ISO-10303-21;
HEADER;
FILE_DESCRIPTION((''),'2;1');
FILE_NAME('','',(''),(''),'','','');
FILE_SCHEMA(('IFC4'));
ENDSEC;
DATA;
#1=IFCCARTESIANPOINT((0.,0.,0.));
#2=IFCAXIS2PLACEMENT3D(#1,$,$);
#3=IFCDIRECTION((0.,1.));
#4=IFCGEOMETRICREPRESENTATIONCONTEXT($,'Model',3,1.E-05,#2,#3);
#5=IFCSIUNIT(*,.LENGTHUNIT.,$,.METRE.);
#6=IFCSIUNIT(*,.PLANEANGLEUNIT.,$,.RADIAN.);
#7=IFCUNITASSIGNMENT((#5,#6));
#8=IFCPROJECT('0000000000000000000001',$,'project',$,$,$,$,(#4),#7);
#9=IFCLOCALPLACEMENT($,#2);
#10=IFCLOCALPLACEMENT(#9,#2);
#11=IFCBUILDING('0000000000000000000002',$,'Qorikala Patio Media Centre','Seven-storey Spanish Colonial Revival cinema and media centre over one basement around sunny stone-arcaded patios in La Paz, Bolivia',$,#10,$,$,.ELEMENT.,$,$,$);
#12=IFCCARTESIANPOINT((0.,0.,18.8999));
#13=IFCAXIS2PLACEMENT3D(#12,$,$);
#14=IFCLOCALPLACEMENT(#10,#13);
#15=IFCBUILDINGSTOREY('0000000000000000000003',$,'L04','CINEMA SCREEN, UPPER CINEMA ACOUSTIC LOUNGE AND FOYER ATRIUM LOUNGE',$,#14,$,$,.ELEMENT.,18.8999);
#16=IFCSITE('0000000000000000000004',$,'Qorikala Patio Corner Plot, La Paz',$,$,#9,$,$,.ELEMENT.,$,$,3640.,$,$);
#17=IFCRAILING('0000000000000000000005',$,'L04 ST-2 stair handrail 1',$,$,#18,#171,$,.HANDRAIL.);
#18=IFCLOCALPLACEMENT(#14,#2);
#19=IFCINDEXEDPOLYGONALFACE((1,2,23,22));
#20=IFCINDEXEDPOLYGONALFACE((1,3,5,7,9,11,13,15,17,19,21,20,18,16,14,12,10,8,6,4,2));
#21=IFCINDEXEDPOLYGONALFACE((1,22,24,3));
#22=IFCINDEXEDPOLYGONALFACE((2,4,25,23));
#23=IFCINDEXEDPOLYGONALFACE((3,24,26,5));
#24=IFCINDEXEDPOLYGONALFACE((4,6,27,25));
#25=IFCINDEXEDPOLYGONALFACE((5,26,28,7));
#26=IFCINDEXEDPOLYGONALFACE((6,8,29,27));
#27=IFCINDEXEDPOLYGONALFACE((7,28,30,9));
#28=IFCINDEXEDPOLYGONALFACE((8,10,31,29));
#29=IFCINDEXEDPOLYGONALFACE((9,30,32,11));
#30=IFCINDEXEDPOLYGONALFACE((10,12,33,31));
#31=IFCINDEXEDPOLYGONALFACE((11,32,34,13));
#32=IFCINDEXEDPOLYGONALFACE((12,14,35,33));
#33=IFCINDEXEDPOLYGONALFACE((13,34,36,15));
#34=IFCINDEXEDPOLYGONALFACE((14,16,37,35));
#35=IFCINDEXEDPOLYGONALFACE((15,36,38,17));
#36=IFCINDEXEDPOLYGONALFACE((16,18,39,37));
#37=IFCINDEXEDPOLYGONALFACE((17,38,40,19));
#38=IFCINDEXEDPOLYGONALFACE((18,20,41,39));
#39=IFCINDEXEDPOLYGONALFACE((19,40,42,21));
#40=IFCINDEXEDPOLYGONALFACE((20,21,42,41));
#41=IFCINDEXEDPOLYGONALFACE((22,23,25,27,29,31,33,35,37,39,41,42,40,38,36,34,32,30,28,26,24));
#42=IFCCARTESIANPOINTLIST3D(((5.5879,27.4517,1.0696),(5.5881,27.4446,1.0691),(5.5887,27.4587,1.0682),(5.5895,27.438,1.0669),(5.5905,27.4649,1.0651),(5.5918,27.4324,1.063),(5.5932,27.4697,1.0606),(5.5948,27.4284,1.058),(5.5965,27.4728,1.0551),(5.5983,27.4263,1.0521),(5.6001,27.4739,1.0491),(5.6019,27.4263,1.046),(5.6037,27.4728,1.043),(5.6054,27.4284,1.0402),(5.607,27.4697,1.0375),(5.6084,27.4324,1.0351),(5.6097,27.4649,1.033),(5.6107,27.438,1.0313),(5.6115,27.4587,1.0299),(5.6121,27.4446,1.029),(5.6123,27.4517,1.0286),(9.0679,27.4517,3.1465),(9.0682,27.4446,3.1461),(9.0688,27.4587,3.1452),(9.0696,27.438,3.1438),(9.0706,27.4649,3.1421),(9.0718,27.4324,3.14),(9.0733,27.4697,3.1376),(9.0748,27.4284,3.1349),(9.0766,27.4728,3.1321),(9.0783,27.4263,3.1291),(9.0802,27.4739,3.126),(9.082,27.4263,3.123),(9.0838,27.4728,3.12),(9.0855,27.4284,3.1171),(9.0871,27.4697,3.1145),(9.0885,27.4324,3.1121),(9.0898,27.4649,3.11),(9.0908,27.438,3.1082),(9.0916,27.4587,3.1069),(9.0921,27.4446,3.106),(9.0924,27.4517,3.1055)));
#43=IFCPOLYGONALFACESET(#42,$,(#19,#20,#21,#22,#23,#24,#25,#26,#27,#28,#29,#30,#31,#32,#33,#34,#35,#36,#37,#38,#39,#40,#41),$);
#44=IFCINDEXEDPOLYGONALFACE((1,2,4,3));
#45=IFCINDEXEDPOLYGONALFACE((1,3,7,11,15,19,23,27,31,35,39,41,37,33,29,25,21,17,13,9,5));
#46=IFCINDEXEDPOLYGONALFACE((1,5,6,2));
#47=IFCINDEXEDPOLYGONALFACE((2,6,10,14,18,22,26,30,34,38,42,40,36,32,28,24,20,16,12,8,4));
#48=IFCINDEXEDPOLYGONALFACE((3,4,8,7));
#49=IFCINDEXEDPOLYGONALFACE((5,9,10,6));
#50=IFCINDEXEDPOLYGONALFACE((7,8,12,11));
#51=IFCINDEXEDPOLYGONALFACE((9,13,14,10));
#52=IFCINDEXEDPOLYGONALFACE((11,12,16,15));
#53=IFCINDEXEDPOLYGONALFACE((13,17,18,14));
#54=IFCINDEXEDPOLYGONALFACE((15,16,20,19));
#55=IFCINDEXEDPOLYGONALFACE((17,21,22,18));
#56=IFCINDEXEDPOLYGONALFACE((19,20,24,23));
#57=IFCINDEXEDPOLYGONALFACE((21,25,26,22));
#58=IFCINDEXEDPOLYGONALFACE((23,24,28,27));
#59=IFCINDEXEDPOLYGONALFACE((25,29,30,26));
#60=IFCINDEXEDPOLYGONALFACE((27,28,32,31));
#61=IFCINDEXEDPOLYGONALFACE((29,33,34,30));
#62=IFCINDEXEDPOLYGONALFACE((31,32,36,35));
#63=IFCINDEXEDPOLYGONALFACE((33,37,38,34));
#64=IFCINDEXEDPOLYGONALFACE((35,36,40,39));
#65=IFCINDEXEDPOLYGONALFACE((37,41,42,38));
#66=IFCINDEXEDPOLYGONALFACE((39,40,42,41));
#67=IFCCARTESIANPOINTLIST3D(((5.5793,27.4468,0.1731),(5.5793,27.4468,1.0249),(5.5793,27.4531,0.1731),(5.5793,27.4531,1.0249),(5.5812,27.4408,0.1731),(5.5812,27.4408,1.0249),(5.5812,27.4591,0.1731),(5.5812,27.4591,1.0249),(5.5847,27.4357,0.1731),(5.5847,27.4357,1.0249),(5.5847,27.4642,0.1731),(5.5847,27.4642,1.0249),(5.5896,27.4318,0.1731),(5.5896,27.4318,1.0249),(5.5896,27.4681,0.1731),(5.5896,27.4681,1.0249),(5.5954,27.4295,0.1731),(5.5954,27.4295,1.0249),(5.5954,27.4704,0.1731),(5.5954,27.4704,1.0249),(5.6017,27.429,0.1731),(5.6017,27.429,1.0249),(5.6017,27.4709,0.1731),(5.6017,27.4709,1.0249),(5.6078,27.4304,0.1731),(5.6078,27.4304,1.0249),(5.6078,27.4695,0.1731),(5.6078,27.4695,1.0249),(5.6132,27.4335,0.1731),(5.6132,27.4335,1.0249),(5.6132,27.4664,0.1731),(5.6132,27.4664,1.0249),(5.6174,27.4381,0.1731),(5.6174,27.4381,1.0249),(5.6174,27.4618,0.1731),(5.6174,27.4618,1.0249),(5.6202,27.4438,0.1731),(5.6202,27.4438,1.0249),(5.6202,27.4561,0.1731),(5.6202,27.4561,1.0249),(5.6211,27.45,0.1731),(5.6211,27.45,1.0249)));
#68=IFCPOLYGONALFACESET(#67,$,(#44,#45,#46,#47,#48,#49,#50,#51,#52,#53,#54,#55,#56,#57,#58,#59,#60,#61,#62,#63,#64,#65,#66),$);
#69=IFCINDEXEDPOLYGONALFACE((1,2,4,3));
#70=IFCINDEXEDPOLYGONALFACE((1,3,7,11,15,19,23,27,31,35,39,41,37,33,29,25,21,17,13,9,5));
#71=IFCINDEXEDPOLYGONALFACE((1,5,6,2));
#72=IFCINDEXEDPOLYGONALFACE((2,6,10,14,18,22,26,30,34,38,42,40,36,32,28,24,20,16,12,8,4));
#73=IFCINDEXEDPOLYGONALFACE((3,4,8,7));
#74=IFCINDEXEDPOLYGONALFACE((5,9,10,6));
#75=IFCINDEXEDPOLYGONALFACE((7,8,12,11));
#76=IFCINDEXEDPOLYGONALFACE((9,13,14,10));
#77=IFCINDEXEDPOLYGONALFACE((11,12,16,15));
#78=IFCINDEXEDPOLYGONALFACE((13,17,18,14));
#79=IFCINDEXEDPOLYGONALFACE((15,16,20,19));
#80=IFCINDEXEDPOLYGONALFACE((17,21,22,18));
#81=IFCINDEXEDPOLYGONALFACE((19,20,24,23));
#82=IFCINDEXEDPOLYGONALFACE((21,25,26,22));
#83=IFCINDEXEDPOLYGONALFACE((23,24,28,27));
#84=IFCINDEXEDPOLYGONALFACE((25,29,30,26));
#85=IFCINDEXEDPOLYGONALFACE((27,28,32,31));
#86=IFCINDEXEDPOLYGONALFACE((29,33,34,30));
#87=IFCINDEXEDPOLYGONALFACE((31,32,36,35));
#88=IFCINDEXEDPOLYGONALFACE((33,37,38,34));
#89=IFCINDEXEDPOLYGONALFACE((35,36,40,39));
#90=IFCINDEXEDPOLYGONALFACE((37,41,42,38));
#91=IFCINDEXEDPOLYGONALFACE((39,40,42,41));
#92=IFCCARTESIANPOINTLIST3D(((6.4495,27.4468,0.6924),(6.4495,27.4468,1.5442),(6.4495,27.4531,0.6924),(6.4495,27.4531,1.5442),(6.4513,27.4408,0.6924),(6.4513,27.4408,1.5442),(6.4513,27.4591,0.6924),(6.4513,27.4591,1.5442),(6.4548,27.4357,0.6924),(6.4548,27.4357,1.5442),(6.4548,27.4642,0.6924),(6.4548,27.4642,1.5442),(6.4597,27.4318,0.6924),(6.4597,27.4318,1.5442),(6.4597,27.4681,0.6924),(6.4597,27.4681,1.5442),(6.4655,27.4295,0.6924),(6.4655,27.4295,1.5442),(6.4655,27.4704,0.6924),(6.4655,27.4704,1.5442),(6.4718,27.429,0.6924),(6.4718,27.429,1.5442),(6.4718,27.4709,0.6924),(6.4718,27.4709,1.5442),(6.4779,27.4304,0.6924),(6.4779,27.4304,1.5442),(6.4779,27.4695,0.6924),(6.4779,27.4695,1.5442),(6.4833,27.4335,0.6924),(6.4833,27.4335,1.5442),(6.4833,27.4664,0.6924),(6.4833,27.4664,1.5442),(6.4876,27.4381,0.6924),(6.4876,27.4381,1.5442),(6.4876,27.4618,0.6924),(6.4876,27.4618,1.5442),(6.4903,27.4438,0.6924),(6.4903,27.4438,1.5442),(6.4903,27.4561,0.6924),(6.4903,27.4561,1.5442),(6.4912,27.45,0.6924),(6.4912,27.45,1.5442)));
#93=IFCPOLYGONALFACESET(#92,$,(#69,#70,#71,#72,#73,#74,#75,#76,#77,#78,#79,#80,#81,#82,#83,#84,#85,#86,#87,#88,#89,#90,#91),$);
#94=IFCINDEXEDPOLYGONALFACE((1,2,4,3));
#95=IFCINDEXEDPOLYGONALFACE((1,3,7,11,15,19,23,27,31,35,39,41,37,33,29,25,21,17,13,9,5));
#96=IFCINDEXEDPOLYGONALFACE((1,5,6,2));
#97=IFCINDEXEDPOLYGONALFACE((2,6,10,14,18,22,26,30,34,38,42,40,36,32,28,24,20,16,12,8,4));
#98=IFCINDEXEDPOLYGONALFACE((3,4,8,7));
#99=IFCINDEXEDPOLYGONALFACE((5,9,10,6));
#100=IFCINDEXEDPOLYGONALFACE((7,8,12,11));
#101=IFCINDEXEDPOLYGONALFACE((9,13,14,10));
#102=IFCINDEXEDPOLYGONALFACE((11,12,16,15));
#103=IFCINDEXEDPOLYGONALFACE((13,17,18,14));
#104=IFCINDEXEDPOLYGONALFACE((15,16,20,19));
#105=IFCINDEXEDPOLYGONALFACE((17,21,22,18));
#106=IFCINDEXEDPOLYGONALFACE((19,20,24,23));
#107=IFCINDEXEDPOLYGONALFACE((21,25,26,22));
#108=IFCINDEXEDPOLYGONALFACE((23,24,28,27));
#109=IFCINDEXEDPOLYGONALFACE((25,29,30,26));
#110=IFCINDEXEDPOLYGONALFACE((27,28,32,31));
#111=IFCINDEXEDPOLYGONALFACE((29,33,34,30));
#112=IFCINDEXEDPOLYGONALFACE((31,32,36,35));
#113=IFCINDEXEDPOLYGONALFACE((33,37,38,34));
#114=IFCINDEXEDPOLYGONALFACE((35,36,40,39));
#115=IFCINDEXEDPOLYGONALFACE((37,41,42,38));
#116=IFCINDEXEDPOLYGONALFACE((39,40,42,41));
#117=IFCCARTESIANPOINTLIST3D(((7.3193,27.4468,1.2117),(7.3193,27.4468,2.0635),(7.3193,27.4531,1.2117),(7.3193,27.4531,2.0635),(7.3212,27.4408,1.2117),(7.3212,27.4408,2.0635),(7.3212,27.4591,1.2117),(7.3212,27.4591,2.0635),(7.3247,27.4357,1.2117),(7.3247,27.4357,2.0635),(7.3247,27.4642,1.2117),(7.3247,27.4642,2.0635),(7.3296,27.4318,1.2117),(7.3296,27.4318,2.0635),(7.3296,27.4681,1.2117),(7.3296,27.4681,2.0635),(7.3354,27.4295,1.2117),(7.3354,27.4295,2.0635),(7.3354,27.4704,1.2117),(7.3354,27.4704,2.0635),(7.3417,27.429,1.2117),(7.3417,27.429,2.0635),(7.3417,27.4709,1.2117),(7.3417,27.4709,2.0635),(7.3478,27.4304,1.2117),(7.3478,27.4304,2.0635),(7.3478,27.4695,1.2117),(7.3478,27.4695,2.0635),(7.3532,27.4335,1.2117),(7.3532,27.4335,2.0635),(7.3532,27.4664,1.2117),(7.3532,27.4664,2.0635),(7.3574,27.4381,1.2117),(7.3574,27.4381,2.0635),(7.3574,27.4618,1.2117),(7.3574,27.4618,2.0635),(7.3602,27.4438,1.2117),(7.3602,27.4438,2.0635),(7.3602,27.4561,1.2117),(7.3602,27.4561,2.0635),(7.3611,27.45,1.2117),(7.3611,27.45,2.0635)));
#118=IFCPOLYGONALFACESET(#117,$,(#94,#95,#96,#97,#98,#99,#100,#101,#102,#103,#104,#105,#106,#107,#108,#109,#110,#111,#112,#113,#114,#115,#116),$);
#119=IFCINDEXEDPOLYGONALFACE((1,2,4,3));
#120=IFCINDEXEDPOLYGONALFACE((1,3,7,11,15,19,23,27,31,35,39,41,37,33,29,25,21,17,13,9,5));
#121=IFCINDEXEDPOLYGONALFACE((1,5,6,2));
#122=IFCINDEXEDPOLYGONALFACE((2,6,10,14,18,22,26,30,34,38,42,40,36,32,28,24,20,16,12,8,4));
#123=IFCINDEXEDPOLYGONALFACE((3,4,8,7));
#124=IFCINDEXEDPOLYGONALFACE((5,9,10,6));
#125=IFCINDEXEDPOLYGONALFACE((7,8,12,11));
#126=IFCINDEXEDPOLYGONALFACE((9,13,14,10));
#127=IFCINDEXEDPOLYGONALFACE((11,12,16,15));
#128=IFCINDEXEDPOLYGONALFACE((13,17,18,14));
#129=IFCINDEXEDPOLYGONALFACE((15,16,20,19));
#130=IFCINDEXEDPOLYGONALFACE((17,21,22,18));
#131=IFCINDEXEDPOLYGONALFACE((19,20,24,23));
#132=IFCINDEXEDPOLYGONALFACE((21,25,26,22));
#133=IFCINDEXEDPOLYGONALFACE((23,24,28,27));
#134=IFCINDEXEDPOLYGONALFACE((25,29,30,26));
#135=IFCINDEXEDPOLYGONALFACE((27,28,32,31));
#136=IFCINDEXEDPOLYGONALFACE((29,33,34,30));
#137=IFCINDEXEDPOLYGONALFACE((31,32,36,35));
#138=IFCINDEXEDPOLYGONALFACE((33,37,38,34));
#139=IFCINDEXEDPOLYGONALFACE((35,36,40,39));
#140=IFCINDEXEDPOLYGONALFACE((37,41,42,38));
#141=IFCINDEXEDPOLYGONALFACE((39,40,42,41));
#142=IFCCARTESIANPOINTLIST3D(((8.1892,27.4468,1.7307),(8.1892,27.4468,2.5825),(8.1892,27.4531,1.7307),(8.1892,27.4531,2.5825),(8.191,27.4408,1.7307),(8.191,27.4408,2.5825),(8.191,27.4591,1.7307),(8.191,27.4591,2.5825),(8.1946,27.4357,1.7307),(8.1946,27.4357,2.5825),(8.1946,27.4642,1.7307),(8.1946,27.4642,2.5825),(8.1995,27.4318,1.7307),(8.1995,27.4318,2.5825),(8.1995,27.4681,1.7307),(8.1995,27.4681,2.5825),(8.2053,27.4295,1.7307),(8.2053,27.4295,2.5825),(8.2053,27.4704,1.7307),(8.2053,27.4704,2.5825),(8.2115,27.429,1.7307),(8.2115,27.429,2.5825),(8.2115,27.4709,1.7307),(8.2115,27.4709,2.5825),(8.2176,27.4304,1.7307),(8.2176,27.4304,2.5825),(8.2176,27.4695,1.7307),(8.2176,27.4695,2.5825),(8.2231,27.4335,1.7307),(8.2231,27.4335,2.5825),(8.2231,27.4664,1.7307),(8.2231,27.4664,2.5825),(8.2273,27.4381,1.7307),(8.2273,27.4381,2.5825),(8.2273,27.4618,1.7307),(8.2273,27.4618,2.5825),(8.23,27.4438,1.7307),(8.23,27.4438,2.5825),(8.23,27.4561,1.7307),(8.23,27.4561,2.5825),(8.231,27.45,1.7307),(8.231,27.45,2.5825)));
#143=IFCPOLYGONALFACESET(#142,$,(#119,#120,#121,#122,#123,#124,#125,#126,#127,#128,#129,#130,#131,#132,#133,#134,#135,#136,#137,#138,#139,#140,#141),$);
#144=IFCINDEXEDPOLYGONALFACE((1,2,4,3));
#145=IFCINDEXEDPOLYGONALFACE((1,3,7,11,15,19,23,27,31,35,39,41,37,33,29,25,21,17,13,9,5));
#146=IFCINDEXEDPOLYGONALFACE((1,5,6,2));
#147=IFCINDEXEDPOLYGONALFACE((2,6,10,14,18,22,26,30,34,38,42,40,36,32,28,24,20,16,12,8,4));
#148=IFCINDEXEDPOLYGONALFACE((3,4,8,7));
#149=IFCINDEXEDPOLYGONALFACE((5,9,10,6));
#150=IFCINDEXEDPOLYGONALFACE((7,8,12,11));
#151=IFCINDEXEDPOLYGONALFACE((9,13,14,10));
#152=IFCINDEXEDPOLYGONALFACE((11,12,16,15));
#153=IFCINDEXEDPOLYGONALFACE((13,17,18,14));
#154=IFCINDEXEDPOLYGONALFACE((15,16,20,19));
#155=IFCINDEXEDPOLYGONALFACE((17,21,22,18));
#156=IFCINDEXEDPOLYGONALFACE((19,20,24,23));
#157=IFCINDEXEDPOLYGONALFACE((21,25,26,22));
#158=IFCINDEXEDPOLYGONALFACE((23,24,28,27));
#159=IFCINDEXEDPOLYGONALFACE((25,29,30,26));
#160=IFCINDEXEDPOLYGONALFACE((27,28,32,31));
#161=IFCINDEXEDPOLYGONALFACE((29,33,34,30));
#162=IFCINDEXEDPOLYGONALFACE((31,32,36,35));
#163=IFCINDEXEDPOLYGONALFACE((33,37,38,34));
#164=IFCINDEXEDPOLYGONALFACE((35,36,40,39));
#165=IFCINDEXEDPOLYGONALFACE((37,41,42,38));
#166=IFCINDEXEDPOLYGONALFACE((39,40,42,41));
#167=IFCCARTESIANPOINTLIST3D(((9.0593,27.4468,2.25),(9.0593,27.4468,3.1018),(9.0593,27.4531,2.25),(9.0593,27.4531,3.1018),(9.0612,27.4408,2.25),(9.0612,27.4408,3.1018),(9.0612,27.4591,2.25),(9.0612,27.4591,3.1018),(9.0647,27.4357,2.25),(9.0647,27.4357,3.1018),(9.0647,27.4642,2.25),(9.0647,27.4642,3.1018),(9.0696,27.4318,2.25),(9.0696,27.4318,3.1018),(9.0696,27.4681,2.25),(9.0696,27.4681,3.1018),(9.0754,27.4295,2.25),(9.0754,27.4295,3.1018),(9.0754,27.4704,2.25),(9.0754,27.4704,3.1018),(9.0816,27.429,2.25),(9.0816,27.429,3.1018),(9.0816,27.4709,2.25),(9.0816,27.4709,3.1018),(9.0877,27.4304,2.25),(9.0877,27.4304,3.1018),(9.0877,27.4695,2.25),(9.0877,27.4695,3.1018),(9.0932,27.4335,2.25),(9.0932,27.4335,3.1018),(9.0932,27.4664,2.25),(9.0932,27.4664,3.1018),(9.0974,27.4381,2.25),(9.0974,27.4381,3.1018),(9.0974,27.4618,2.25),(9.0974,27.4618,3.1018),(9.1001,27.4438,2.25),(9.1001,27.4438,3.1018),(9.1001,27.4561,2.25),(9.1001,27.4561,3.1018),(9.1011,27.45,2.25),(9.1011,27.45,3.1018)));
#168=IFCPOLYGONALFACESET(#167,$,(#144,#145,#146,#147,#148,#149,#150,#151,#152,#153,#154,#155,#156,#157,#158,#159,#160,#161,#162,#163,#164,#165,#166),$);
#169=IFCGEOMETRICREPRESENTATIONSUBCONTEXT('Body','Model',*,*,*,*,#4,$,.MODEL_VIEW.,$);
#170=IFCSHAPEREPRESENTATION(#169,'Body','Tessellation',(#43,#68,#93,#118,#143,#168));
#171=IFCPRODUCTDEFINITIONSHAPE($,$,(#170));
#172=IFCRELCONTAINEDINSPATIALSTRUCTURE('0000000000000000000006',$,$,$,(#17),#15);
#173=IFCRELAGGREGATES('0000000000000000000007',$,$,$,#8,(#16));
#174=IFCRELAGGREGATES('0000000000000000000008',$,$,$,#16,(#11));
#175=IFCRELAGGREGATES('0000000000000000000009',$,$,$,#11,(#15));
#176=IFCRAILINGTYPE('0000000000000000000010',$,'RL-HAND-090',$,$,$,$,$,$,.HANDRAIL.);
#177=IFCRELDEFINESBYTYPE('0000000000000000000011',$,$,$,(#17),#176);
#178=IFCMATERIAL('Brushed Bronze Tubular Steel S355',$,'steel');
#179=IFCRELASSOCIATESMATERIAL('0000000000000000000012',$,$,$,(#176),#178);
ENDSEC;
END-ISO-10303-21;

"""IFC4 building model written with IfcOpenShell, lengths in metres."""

from ifc_helpers import new_model, si_unit, direction, frame, origin, origin_2d, place, context, subcontext, project, spatial, circle, extrude, material, type_object, element, save


model = new_model("IFC4")

# Units and contexts
model_context = context("Model", 3, precision=1e-05, world=origin(), true_north=direction((0.0, 1.0)))
body_context = subcontext(model_context, "Body", "Model", "MODEL_VIEW")
ifc_project = project(units=[si_unit("LENGTHUNIT", "METRE"), si_unit("PLANEANGLEUNIT", "RADIAN")], contexts=[model_context])

# Site, building, storey
site_placement = place(None, origin())
site = spatial("IfcSite", under=ifc_project, at=site_placement, Name="Qorikala Patio Corner Plot, La Paz", CompositionType="ELEMENT", RefElevation=3640.0)
building_placement = place(site_placement, origin())
building = spatial("IfcBuilding", under=site, at=building_placement, Name="Qorikala Patio Media Centre", Description="Seven-storey Spanish Colonial Revival cinema and media centre over one basement around sunny stone-arcaded patios in La Paz, Bolivia", CompositionType="ELEMENT")
storey_placement = place(building_placement, frame((0.0, 0.0, 18.8999)))
storey = spatial("IfcBuildingStorey", under=building, at=storey_placement, Name="L04", Description="CINEMA SCREEN, UPPER CINEMA ACOUSTIC LOUNGE AND FOYER ATRIUM LOUNGE", CompositionType="ELEMENT", Elevation=18.8999)

# Railing
ifc_material_1 = material(Name="Brushed Bronze Tubular Steel S355", Category="steel")
railing_type_1 = type_object("IfcRailingType", Name="RL-HAND-090", PredefinedType="HANDRAIL", material=ifc_material_1)
railing_1_placement = place(storey_placement, frame((5.6001, 27.45, 0.1731)))
element("IfcRailing", 1, at=railing_1_placement, inside=storey, type_object=railing_type_1, Name="L04 ST-2 stair handrail 1", PredefinedType="HANDRAIL", context=body_context, shape_type="SweptSolid", body=[
    extrude(circle(Radius=0.0239, at=origin_2d()), frame((0.0, 0.0, 0.876), z_axis=(0.858697, 0.0, 0.512483), x_axis=(0.0, 1.0, 0.0)), (0.0, 0.0, 1.0), 4.0527),
    extrude(circle(Radius=0.021, at=origin_2d()), origin(), (0.0, 0.0, 1.0), 0.8518),
    extrude(circle(Radius=0.021, at=origin_2d()), frame((0.8701, 0.0, 0.5193)), (0.0, 0.0, 1.0), 0.8518),
    extrude(circle(Radius=0.021, at=origin_2d()), frame((1.74, 0.0, 1.0386)), (0.0, 0.0, 1.0), 0.8518),
    extrude(circle(Radius=0.021, at=origin_2d()), frame((2.6099, 0.0, 1.5576)), (0.0, 0.0, 1.0), 0.8518),
    extrude(circle(Radius=0.021, at=origin_2d()), frame((3.48, 0.0, 2.0769)), (0.0, 0.0, 1.0), 0.8518),
])

save(model, "model.ifc")
